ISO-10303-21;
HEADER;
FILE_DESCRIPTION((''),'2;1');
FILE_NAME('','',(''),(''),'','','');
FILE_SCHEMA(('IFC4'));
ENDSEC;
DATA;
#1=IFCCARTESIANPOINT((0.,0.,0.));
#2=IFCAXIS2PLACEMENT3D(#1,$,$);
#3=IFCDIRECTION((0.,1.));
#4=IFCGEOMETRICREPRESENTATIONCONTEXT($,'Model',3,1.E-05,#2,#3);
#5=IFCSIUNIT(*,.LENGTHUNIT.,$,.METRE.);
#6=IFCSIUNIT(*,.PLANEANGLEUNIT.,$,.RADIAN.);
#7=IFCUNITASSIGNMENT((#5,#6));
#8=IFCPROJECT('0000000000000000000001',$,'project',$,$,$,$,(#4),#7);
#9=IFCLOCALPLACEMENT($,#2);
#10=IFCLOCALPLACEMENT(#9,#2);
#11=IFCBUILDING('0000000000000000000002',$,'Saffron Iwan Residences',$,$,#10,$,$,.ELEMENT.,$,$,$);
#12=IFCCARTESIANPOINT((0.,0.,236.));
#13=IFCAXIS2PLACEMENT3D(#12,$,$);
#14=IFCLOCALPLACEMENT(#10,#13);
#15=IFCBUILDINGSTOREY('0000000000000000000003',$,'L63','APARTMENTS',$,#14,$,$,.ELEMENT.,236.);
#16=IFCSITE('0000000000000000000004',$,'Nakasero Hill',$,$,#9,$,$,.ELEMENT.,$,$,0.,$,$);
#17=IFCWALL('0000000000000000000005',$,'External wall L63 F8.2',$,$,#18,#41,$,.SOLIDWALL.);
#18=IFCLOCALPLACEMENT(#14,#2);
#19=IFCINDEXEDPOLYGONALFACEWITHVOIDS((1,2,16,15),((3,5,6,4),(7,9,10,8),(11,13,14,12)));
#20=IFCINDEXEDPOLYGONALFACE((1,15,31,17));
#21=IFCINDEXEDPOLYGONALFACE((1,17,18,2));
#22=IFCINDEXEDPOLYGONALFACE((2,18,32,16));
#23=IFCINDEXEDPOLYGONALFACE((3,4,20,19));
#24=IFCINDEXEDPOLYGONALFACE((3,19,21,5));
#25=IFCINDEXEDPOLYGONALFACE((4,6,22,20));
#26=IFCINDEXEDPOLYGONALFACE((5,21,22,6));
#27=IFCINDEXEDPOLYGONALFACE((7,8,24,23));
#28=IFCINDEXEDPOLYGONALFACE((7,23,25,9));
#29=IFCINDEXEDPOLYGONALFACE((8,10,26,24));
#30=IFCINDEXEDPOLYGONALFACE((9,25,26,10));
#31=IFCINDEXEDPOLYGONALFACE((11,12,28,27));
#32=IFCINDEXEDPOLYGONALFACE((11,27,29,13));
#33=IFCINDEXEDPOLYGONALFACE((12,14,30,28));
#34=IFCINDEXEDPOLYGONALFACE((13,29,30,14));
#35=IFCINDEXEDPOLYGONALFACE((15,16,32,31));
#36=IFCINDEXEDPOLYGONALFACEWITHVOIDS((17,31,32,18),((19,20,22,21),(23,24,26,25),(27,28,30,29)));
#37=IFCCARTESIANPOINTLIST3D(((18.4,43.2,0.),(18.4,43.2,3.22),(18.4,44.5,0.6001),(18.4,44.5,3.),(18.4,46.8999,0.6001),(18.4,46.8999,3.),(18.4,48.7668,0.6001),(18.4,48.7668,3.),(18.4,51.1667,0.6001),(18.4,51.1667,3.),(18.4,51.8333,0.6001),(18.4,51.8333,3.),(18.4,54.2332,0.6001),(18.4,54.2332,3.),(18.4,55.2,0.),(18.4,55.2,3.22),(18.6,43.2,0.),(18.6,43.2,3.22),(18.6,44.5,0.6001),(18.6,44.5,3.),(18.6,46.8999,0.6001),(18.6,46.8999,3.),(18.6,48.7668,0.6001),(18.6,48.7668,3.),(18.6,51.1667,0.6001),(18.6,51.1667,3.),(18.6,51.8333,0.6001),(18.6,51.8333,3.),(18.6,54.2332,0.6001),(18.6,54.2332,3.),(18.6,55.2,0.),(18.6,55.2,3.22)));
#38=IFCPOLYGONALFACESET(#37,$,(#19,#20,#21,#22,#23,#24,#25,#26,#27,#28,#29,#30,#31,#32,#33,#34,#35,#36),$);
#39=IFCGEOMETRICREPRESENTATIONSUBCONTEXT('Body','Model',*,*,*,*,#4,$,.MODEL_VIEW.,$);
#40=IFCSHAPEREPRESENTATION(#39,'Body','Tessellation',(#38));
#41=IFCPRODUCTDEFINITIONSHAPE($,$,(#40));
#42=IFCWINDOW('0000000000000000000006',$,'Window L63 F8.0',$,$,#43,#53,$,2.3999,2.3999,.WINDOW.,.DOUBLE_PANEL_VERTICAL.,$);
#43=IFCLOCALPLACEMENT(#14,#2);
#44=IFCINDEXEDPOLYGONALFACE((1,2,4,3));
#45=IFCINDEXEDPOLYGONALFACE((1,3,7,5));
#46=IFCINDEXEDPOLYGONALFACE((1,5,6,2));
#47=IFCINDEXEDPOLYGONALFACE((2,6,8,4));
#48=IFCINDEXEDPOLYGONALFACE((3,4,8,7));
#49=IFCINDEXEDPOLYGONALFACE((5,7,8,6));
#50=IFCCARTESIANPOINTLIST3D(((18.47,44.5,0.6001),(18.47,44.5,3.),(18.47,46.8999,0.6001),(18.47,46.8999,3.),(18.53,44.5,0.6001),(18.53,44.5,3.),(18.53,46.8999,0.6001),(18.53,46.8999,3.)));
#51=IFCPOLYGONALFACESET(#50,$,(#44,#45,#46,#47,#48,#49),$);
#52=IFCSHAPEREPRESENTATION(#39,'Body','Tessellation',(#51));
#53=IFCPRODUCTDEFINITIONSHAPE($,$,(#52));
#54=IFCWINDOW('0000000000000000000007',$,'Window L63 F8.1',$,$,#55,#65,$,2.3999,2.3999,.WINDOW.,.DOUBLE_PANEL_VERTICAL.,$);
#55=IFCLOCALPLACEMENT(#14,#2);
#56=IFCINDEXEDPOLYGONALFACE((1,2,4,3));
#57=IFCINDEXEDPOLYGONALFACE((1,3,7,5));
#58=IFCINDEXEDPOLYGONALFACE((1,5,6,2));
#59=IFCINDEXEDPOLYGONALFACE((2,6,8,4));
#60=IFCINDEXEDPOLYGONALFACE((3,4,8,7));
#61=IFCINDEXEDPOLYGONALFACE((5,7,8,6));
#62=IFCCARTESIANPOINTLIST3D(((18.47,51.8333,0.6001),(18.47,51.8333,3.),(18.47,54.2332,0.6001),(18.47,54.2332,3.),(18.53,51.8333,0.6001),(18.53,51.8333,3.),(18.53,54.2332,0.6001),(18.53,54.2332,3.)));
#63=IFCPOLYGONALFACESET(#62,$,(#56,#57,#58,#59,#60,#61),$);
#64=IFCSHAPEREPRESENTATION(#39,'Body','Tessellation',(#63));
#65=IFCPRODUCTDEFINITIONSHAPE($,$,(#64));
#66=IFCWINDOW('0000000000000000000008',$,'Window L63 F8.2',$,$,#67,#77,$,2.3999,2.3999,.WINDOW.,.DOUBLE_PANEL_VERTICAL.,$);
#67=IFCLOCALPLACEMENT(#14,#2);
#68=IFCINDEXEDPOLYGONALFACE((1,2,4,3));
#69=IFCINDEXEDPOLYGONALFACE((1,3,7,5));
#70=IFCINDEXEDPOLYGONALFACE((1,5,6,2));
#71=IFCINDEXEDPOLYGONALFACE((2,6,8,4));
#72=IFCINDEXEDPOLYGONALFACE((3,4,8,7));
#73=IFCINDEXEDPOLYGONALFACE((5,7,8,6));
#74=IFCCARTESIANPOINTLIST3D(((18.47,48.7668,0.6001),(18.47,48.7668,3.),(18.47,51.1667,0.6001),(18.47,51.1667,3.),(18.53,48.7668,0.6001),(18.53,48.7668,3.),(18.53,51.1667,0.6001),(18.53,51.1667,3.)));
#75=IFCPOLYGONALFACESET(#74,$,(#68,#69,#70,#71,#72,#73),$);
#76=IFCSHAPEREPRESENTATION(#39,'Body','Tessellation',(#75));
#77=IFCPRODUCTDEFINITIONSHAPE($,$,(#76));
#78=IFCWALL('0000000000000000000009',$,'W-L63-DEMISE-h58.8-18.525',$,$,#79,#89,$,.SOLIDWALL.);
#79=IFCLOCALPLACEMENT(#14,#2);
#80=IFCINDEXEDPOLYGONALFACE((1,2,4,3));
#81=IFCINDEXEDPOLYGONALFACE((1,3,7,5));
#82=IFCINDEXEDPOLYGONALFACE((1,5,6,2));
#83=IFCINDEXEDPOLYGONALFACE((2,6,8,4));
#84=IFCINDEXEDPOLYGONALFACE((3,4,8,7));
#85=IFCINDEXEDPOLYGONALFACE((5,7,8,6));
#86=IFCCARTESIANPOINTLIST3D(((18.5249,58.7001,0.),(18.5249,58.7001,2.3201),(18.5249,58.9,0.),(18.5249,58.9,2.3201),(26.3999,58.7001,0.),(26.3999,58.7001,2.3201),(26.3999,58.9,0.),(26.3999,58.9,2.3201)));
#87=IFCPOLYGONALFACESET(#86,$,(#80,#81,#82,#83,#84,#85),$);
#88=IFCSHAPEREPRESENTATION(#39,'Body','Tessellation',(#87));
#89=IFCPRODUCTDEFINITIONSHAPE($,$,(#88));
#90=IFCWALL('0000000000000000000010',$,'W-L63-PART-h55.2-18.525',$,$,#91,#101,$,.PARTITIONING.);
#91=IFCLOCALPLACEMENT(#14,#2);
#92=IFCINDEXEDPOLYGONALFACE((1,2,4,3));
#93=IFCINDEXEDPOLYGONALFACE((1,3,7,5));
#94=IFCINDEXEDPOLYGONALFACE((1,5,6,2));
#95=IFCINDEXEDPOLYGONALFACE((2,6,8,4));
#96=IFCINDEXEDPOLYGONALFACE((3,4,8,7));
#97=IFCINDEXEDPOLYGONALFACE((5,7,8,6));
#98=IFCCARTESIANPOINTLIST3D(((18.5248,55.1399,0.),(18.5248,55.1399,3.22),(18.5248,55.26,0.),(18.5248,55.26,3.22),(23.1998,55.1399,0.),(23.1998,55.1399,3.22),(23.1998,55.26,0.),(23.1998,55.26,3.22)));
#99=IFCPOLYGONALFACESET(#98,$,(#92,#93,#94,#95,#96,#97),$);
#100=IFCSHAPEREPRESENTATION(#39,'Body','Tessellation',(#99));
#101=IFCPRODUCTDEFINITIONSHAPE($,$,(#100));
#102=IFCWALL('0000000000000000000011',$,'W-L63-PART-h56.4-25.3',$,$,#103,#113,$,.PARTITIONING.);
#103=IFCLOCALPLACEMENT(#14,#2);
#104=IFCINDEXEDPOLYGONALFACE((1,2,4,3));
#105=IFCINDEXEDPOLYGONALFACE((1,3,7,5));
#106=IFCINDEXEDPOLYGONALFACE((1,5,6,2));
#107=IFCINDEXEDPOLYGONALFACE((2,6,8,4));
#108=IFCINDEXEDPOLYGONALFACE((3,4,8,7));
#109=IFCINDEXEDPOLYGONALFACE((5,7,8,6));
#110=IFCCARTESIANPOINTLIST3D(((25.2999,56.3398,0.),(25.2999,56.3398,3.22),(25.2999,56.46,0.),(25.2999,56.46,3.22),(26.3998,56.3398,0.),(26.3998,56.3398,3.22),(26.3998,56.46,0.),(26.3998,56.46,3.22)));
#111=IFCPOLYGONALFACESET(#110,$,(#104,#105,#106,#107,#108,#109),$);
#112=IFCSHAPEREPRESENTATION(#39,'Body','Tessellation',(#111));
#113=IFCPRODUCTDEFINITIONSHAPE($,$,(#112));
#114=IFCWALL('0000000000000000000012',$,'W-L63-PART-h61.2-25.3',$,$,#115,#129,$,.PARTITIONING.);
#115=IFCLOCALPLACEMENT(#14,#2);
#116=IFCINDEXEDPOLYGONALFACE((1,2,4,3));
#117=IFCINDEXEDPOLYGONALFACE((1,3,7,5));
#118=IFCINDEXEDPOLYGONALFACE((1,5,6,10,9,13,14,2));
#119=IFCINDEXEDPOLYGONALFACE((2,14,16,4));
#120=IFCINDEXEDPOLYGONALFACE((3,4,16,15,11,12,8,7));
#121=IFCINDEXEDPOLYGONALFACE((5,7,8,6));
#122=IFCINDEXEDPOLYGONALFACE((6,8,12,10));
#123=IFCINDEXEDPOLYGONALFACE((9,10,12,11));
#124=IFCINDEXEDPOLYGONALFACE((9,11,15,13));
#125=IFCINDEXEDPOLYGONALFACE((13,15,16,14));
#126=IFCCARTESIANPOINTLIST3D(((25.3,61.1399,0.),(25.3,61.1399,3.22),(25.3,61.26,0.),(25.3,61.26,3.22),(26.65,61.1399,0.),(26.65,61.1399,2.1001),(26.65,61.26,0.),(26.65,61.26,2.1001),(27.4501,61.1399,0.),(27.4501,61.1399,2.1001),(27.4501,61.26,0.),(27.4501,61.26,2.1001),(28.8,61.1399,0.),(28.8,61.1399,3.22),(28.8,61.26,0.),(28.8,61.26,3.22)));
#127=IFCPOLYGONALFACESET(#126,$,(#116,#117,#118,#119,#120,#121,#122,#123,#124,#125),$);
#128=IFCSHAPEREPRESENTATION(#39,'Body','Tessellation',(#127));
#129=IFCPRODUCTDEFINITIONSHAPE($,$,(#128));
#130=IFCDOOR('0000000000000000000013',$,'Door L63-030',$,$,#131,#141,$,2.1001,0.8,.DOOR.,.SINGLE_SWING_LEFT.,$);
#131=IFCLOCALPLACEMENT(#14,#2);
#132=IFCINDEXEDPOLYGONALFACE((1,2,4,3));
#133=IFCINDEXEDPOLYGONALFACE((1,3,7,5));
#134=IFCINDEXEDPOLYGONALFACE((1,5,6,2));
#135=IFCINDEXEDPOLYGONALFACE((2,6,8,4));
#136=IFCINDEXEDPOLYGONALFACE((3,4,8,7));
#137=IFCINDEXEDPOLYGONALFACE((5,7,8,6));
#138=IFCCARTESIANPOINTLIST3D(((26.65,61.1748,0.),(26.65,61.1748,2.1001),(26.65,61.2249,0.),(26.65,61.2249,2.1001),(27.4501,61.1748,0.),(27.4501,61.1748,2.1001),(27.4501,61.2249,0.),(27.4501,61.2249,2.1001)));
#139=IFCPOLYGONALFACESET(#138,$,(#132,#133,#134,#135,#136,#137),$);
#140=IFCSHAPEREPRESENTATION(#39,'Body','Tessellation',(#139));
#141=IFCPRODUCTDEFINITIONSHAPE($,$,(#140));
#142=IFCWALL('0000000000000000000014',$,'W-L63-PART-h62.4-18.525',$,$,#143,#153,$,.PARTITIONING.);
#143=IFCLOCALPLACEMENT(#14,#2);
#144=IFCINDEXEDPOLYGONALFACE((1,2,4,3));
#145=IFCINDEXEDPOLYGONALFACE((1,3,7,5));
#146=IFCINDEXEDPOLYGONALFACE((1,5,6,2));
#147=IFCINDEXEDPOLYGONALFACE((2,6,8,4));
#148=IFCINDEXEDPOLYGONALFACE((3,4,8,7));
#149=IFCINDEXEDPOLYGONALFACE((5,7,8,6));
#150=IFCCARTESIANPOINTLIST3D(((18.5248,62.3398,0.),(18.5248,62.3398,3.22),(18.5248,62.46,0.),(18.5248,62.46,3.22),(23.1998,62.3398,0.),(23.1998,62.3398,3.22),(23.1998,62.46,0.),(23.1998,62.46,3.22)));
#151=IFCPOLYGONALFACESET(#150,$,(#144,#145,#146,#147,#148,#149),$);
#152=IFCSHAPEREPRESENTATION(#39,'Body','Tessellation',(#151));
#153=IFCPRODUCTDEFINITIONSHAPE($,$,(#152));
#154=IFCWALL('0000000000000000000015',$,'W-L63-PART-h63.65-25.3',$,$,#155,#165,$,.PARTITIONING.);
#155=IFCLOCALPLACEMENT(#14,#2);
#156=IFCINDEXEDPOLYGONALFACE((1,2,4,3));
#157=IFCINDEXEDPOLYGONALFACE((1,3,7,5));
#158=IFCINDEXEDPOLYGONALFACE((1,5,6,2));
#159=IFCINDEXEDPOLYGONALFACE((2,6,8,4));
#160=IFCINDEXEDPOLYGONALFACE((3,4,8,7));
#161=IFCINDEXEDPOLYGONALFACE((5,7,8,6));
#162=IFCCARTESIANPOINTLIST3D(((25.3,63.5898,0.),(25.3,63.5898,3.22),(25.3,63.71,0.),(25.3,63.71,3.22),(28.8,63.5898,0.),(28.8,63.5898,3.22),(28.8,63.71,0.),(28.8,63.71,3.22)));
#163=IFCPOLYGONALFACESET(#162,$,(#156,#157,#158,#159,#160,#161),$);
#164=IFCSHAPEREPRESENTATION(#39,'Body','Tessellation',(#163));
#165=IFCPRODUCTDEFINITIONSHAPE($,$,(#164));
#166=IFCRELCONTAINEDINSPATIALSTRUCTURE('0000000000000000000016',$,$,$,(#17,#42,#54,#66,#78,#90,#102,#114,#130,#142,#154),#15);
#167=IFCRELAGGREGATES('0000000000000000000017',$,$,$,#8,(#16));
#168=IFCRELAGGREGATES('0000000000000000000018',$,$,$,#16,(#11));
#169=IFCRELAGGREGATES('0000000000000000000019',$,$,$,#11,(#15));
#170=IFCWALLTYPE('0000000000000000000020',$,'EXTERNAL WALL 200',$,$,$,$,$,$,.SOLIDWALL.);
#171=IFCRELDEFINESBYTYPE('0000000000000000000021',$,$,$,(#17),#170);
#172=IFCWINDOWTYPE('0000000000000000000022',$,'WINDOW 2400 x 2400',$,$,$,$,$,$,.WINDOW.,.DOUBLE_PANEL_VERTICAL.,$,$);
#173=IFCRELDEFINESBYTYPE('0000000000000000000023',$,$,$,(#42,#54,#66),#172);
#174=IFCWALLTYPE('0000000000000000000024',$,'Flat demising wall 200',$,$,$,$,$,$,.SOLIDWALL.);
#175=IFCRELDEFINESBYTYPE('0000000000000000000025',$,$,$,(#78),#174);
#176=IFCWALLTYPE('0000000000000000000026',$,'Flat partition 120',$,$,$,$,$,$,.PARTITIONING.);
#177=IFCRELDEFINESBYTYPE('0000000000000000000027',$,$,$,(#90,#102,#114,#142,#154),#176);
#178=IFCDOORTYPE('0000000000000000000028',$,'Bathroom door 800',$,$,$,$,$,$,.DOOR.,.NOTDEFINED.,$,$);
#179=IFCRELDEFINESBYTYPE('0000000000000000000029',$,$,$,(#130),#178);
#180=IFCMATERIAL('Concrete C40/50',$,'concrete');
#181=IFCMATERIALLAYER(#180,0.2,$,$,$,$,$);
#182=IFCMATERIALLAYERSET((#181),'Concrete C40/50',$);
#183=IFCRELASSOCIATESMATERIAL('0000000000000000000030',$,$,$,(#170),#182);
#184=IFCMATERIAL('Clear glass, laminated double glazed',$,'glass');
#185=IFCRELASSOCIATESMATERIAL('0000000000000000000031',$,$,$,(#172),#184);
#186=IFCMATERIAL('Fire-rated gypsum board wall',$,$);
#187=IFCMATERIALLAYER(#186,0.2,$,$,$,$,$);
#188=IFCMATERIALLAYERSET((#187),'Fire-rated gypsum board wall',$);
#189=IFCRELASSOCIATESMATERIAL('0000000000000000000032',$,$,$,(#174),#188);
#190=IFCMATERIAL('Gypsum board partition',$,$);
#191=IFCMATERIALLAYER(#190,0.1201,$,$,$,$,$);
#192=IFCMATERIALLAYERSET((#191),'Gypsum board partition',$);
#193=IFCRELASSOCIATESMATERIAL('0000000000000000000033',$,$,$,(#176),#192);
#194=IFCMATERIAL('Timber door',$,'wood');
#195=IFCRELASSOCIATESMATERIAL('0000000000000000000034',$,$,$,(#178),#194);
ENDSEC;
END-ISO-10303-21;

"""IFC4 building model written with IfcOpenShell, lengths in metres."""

from ifc_helpers import new_model, si_unit, direction, frame, frame_2d, origin, place, context, subcontext, project, spatial, rectangle, extrude, material, layer, layer_set, type_object, element, fill, save


model = new_model("IFC4")

# Units and contexts
model_context = context("Model", 3, precision=1e-05, world=origin(), true_north=direction((0.0, 1.0)))
body_context = subcontext(model_context, "Body", "Model", "MODEL_VIEW")
ifc_project = project(units=[si_unit("LENGTHUNIT", "METRE"), si_unit("PLANEANGLEUNIT", "RADIAN")], contexts=[model_context])

# Site, building, storey
site_placement = place(None, origin())
site = spatial("IfcSite", under=ifc_project, at=site_placement, Name="Nakasero Hill", CompositionType="ELEMENT", RefElevation=0.0)
building_placement = place(site_placement, origin())
building = spatial("IfcBuilding", under=site, at=building_placement, Name="Saffron Iwan Residences", CompositionType="ELEMENT")
storey_placement = place(building_placement, frame((0.0, 0.0, 236.0)))
storey = spatial("IfcBuildingStorey", under=building, at=storey_placement, Name="L63", Description="APARTMENTS", CompositionType="ELEMENT", Elevation=236.0)

# Shared definitions
ifc_material_1 = material(Name="Concrete C40/50", Category="concrete")

# Shared definitions
ifc_layer_1 = layer(ifc_material_1, 0.2)
ifc_layer_set_1 = layer_set([ifc_layer_1], Name="Concrete C40/50")
wall_type_1 = type_object("IfcWallType", Name="EXTERNAL WALL 200", PredefinedType="SOLIDWALL", material=ifc_layer_set_1)
ifc_material_2 = material(Name="Clear glass, laminated double glazed", Category="glass")

# Wall, openings, windows
wall_1_placement = place(storey_placement, frame((18.5, 55.2, 0.0), z_axis=(0.0, 0.0, 1.0), x_axis=(0.0, -1.0, 0.0)))
wall_1 = element("IfcWall", 1, at=wall_1_placement, inside=storey, type_object=wall_type_1, Name="External wall L63 F8.2", PredefinedType="SOLIDWALL", context=body_context, shape_type="SweptSolid", body=[
    extrude(rectangle(XDim=12.0, YDim=0.2, at=frame_2d((6.0, 0.0))), origin(), (0.0, 0.0, 1.0), 3.22),
])
opening_1_placement = place(wall_1_placement, frame((8.3, 0.0, 0.6001)))
opening_1 = element("IfcOpeningElement", 2, at=opening_1_placement, cuts=wall_1, PredefinedType="OPENING", context=body_context, shape_type="SweptSolid", body=[
    extrude(rectangle(XDim=2.3999, YDim=2.3999, at=frame_2d((1.2, 1.2))), frame((0.0, 0.1099, 0.0), z_axis=(0.0, -1.0, 0.0), x_axis=(1.0, 0.0, 0.0)), (0.0, 0.0, 1.0), 0.22),
])
opening_2_placement = place(wall_1_placement, frame((0.9668, 0.0, 0.6001)))
opening_2 = element("IfcOpeningElement", 3, at=opening_2_placement, cuts=wall_1, PredefinedType="OPENING", context=body_context, shape_type="SweptSolid", body=[
    extrude(rectangle(XDim=2.3999, YDim=2.3999, at=frame_2d((1.2, 1.2))), frame((0.0, 0.1099, 0.0), z_axis=(0.0, -1.0, 0.0), x_axis=(1.0, 0.0, 0.0)), (0.0, 0.0, 1.0), 0.22),
])
opening_3_placement = place(wall_1_placement, frame((4.0332, 0.0, 0.6001)))
opening_3 = element("IfcOpeningElement", 4, at=opening_3_placement, cuts=wall_1, PredefinedType="OPENING", context=body_context, shape_type="SweptSolid", body=[
    extrude(rectangle(XDim=2.3999, YDim=2.3999, at=frame_2d((1.2, 1.2))), frame((0.0, 0.1099, 0.0), z_axis=(0.0, -1.0, 0.0), x_axis=(1.0, 0.0, 0.0)), (0.0, 0.0, 1.0), 0.22),
])
window_type_1 = type_object("IfcWindowType", Name="WINDOW 2400 x 2400", PartitioningType="DOUBLE_PANEL_VERTICAL", PredefinedType="WINDOW", material=ifc_material_2)
window_1_placement = place(opening_1_placement, origin())
window_1 = element("IfcWindow", 5, at=window_1_placement, inside=storey, type_object=window_type_1, Name="Window L63 F8.0", OverallHeight=2.3999, OverallWidth=2.3999, PartitioningType="DOUBLE_PANEL_VERTICAL", PredefinedType="WINDOW", context=body_context, shape_type="SweptSolid", body=[
    extrude(rectangle(XDim=2.3999, YDim=2.3999, at=frame_2d((1.2, 1.2))), frame((0.0, 0.03, 0.0), z_axis=(0.0, -1.0, 0.0), x_axis=(1.0, 0.0, 0.0)), (0.0, 0.0, 1.0), 0.0601),
])
fill(opening_1, window_1)
window_2_placement = place(opening_2_placement, origin())
window_2 = element("IfcWindow", 6, at=window_2_placement, inside=storey, type_object=window_type_1, Name="Window L63 F8.1", OverallHeight=2.3999, OverallWidth=2.3999, PartitioningType="DOUBLE_PANEL_VERTICAL", PredefinedType="WINDOW", context=body_context, shape_type="SweptSolid", body=[
    extrude(rectangle(XDim=2.3999, YDim=2.3999, at=frame_2d((1.2, 1.2))), frame((0.0, 0.03, 0.0), z_axis=(0.0, -1.0, 0.0), x_axis=(1.0, 0.0, 0.0)), (0.0, 0.0, 1.0), 0.0601),
])
fill(opening_2, window_2)
window_3_placement = place(opening_3_placement, origin())
window_3 = element("IfcWindow", 7, at=window_3_placement, inside=storey, type_object=window_type_1, Name="Window L63 F8.2", OverallHeight=2.3999, OverallWidth=2.3999, PartitioningType="DOUBLE_PANEL_VERTICAL", PredefinedType="WINDOW", context=body_context, shape_type="SweptSolid", body=[
    extrude(rectangle(XDim=2.3999, YDim=2.3999, at=frame_2d((1.2, 1.2))), frame((0.0, 0.03, 0.0), z_axis=(0.0, -1.0, 0.0), x_axis=(1.0, 0.0, 0.0)), (0.0, 0.0, 1.0), 0.0601),
])
fill(opening_3, window_3)

# Walls
ifc_material_3 = material(Name="Fire-rated gypsum board wall")
ifc_layer_2 = layer(ifc_material_3, 0.2)
ifc_layer_set_2 = layer_set([ifc_layer_2], Name="Fire-rated gypsum board wall")
wall_type_2 = type_object("IfcWallType", Name="Flat demising wall 200", PredefinedType="SOLIDWALL", material=ifc_layer_set_2)
wall_2_placement = place(storey_placement, frame((18.5249, 58.8, 0.0), z_axis=(0.0, 0.0, 1.0), x_axis=(1.0, 0.0, 0.0)))
element("IfcWall", 8, at=wall_2_placement, inside=storey, type_object=wall_type_2, Name="W-L63-DEMISE-h58.8-18.525", PredefinedType="SOLIDWALL", context=body_context, shape_type="SweptSolid", body=[
    extrude(rectangle(XDim=7.875, YDim=0.2, at=frame_2d((3.9375, 0.0))), origin(), (0.0, 0.0, 1.0), 2.3201),
])
ifc_material_4 = material(Name="Gypsum board partition")
ifc_layer_3 = layer(ifc_material_4, 0.1201)
ifc_layer_set_3 = layer_set([ifc_layer_3], Name="Gypsum board partition")
wall_type_3 = type_object("IfcWallType", Name="Flat partition 120", PredefinedType="PARTITIONING", material=ifc_layer_set_3)
wall_3_placement = place(storey_placement, frame((18.5249, 55.2, 0.0), z_axis=(0.0, 0.0, 1.0), x_axis=(1.0, 0.0, 0.0)))
element("IfcWall", 9, at=wall_3_placement, inside=storey, type_object=wall_type_3, Name="W-L63-PART-h55.2-18.525", PredefinedType="PARTITIONING", context=body_context, shape_type="SweptSolid", body=[
    extrude(rectangle(XDim=4.675, YDim=0.1201, at=frame_2d((2.3374, 0.0))), origin(), (0.0, 0.0, 1.0), 3.22),
])
wall_4_placement = place(storey_placement, frame((25.3, 56.3999, 0.0), z_axis=(0.0, 0.0, 1.0), x_axis=(1.0, 0.0, 0.0)))
element("IfcWall", 10, at=wall_4_placement, inside=storey, type_object=wall_type_3, Name="W-L63-PART-h56.4-25.3", PredefinedType="PARTITIONING", context=body_context, shape_type="SweptSolid", body=[
    extrude(rectangle(XDim=1.0999, YDim=0.1201, at=frame_2d((0.5498, 0.0))), origin(), (0.0, 0.0, 1.0), 3.22),
])

# Wall, opening, door
wall_5_placement = place(storey_placement, frame((25.3, 61.2, 0.0), z_axis=(0.0, 0.0, 1.0), x_axis=(1.0, 0.0, 0.0)))
wall_5 = element("IfcWall", 11, at=wall_5_placement, inside=storey, type_object=wall_type_3, Name="W-L63-PART-h61.2-25.3", PredefinedType="PARTITIONING", context=body_context, shape_type="SweptSolid", body=[
    extrude(rectangle(XDim=3.5, YDim=0.1201, at=frame_2d((1.75, 0.0))), origin(), (0.0, 0.0, 1.0), 3.22),
])
opening_4_placement = place(wall_5_placement, frame((1.3501, 0.0, 0.0)))
opening_4 = element("IfcOpeningElement", 12, at=opening_4_placement, cuts=wall_5, PredefinedType="OPENING", context=body_context, shape_type="SweptSolid", body=[
    extrude(rectangle(XDim=0.8, YDim=2.1001, at=frame_2d((0.3999, 1.05))), frame((0.0, 0.0701, 0.0), z_axis=(0.0, -1.0, 0.0), x_axis=(1.0, 0.0, 0.0)), (0.0, 0.0, 1.0), 0.1401),
])
ifc_material_5 = material(Name="Timber door", Category="wood")
door_type_1 = type_object("IfcDoorType", Name="Bathroom door 800", OperationType="NOTDEFINED", PredefinedType="DOOR", material=ifc_material_5)
door_1_placement = place(opening_4_placement, origin())
door_1 = element("IfcDoor", 13, at=door_1_placement, inside=storey, type_object=door_type_1, Name="Door L63-030", OperationType="SINGLE_SWING_LEFT", OverallHeight=2.1001, OverallWidth=0.8, PredefinedType="DOOR", context=body_context, shape_type="SweptSolid", body=[
    extrude(rectangle(XDim=0.8, YDim=2.1001, at=frame_2d((0.3999, 1.05))), frame((0.0, 0.0249, 0.0), z_axis=(0.0, -1.0, 0.0), x_axis=(1.0, 0.0, 0.0)), (0.0, 0.0, 1.0), 0.05),
])
fill(opening_4, door_1)

# Walls
wall_6_placement = place(storey_placement, frame((18.5249, 62.3999, 0.0), z_axis=(0.0, 0.0, 1.0), x_axis=(1.0, 0.0, 0.0)))
element("IfcWall", 14, at=wall_6_placement, inside=storey, type_object=wall_type_3, Name="W-L63-PART-h62.4-18.525", PredefinedType="PARTITIONING", context=body_context, shape_type="SweptSolid", body=[
    extrude(rectangle(XDim=4.675, YDim=0.1201, at=frame_2d((2.3374, 0.0))), origin(), (0.0, 0.0, 1.0), 3.22),
])
wall_7_placement = place(storey_placement, frame((25.3, 63.6499, 0.0), z_axis=(0.0, 0.0, 1.0), x_axis=(1.0, 0.0, 0.0)))
element("IfcWall", 15, at=wall_7_placement, inside=storey, type_object=wall_type_3, Name="W-L63-PART-h63.65-25.3", PredefinedType="PARTITIONING", context=body_context, shape_type="SweptSolid", body=[
    extrude(rectangle(XDim=3.5, YDim=0.1201, at=frame_2d((1.75, 0.0))), origin(), (0.0, 0.0, 1.0), 3.22),
])

save(model, "model.ifc")
